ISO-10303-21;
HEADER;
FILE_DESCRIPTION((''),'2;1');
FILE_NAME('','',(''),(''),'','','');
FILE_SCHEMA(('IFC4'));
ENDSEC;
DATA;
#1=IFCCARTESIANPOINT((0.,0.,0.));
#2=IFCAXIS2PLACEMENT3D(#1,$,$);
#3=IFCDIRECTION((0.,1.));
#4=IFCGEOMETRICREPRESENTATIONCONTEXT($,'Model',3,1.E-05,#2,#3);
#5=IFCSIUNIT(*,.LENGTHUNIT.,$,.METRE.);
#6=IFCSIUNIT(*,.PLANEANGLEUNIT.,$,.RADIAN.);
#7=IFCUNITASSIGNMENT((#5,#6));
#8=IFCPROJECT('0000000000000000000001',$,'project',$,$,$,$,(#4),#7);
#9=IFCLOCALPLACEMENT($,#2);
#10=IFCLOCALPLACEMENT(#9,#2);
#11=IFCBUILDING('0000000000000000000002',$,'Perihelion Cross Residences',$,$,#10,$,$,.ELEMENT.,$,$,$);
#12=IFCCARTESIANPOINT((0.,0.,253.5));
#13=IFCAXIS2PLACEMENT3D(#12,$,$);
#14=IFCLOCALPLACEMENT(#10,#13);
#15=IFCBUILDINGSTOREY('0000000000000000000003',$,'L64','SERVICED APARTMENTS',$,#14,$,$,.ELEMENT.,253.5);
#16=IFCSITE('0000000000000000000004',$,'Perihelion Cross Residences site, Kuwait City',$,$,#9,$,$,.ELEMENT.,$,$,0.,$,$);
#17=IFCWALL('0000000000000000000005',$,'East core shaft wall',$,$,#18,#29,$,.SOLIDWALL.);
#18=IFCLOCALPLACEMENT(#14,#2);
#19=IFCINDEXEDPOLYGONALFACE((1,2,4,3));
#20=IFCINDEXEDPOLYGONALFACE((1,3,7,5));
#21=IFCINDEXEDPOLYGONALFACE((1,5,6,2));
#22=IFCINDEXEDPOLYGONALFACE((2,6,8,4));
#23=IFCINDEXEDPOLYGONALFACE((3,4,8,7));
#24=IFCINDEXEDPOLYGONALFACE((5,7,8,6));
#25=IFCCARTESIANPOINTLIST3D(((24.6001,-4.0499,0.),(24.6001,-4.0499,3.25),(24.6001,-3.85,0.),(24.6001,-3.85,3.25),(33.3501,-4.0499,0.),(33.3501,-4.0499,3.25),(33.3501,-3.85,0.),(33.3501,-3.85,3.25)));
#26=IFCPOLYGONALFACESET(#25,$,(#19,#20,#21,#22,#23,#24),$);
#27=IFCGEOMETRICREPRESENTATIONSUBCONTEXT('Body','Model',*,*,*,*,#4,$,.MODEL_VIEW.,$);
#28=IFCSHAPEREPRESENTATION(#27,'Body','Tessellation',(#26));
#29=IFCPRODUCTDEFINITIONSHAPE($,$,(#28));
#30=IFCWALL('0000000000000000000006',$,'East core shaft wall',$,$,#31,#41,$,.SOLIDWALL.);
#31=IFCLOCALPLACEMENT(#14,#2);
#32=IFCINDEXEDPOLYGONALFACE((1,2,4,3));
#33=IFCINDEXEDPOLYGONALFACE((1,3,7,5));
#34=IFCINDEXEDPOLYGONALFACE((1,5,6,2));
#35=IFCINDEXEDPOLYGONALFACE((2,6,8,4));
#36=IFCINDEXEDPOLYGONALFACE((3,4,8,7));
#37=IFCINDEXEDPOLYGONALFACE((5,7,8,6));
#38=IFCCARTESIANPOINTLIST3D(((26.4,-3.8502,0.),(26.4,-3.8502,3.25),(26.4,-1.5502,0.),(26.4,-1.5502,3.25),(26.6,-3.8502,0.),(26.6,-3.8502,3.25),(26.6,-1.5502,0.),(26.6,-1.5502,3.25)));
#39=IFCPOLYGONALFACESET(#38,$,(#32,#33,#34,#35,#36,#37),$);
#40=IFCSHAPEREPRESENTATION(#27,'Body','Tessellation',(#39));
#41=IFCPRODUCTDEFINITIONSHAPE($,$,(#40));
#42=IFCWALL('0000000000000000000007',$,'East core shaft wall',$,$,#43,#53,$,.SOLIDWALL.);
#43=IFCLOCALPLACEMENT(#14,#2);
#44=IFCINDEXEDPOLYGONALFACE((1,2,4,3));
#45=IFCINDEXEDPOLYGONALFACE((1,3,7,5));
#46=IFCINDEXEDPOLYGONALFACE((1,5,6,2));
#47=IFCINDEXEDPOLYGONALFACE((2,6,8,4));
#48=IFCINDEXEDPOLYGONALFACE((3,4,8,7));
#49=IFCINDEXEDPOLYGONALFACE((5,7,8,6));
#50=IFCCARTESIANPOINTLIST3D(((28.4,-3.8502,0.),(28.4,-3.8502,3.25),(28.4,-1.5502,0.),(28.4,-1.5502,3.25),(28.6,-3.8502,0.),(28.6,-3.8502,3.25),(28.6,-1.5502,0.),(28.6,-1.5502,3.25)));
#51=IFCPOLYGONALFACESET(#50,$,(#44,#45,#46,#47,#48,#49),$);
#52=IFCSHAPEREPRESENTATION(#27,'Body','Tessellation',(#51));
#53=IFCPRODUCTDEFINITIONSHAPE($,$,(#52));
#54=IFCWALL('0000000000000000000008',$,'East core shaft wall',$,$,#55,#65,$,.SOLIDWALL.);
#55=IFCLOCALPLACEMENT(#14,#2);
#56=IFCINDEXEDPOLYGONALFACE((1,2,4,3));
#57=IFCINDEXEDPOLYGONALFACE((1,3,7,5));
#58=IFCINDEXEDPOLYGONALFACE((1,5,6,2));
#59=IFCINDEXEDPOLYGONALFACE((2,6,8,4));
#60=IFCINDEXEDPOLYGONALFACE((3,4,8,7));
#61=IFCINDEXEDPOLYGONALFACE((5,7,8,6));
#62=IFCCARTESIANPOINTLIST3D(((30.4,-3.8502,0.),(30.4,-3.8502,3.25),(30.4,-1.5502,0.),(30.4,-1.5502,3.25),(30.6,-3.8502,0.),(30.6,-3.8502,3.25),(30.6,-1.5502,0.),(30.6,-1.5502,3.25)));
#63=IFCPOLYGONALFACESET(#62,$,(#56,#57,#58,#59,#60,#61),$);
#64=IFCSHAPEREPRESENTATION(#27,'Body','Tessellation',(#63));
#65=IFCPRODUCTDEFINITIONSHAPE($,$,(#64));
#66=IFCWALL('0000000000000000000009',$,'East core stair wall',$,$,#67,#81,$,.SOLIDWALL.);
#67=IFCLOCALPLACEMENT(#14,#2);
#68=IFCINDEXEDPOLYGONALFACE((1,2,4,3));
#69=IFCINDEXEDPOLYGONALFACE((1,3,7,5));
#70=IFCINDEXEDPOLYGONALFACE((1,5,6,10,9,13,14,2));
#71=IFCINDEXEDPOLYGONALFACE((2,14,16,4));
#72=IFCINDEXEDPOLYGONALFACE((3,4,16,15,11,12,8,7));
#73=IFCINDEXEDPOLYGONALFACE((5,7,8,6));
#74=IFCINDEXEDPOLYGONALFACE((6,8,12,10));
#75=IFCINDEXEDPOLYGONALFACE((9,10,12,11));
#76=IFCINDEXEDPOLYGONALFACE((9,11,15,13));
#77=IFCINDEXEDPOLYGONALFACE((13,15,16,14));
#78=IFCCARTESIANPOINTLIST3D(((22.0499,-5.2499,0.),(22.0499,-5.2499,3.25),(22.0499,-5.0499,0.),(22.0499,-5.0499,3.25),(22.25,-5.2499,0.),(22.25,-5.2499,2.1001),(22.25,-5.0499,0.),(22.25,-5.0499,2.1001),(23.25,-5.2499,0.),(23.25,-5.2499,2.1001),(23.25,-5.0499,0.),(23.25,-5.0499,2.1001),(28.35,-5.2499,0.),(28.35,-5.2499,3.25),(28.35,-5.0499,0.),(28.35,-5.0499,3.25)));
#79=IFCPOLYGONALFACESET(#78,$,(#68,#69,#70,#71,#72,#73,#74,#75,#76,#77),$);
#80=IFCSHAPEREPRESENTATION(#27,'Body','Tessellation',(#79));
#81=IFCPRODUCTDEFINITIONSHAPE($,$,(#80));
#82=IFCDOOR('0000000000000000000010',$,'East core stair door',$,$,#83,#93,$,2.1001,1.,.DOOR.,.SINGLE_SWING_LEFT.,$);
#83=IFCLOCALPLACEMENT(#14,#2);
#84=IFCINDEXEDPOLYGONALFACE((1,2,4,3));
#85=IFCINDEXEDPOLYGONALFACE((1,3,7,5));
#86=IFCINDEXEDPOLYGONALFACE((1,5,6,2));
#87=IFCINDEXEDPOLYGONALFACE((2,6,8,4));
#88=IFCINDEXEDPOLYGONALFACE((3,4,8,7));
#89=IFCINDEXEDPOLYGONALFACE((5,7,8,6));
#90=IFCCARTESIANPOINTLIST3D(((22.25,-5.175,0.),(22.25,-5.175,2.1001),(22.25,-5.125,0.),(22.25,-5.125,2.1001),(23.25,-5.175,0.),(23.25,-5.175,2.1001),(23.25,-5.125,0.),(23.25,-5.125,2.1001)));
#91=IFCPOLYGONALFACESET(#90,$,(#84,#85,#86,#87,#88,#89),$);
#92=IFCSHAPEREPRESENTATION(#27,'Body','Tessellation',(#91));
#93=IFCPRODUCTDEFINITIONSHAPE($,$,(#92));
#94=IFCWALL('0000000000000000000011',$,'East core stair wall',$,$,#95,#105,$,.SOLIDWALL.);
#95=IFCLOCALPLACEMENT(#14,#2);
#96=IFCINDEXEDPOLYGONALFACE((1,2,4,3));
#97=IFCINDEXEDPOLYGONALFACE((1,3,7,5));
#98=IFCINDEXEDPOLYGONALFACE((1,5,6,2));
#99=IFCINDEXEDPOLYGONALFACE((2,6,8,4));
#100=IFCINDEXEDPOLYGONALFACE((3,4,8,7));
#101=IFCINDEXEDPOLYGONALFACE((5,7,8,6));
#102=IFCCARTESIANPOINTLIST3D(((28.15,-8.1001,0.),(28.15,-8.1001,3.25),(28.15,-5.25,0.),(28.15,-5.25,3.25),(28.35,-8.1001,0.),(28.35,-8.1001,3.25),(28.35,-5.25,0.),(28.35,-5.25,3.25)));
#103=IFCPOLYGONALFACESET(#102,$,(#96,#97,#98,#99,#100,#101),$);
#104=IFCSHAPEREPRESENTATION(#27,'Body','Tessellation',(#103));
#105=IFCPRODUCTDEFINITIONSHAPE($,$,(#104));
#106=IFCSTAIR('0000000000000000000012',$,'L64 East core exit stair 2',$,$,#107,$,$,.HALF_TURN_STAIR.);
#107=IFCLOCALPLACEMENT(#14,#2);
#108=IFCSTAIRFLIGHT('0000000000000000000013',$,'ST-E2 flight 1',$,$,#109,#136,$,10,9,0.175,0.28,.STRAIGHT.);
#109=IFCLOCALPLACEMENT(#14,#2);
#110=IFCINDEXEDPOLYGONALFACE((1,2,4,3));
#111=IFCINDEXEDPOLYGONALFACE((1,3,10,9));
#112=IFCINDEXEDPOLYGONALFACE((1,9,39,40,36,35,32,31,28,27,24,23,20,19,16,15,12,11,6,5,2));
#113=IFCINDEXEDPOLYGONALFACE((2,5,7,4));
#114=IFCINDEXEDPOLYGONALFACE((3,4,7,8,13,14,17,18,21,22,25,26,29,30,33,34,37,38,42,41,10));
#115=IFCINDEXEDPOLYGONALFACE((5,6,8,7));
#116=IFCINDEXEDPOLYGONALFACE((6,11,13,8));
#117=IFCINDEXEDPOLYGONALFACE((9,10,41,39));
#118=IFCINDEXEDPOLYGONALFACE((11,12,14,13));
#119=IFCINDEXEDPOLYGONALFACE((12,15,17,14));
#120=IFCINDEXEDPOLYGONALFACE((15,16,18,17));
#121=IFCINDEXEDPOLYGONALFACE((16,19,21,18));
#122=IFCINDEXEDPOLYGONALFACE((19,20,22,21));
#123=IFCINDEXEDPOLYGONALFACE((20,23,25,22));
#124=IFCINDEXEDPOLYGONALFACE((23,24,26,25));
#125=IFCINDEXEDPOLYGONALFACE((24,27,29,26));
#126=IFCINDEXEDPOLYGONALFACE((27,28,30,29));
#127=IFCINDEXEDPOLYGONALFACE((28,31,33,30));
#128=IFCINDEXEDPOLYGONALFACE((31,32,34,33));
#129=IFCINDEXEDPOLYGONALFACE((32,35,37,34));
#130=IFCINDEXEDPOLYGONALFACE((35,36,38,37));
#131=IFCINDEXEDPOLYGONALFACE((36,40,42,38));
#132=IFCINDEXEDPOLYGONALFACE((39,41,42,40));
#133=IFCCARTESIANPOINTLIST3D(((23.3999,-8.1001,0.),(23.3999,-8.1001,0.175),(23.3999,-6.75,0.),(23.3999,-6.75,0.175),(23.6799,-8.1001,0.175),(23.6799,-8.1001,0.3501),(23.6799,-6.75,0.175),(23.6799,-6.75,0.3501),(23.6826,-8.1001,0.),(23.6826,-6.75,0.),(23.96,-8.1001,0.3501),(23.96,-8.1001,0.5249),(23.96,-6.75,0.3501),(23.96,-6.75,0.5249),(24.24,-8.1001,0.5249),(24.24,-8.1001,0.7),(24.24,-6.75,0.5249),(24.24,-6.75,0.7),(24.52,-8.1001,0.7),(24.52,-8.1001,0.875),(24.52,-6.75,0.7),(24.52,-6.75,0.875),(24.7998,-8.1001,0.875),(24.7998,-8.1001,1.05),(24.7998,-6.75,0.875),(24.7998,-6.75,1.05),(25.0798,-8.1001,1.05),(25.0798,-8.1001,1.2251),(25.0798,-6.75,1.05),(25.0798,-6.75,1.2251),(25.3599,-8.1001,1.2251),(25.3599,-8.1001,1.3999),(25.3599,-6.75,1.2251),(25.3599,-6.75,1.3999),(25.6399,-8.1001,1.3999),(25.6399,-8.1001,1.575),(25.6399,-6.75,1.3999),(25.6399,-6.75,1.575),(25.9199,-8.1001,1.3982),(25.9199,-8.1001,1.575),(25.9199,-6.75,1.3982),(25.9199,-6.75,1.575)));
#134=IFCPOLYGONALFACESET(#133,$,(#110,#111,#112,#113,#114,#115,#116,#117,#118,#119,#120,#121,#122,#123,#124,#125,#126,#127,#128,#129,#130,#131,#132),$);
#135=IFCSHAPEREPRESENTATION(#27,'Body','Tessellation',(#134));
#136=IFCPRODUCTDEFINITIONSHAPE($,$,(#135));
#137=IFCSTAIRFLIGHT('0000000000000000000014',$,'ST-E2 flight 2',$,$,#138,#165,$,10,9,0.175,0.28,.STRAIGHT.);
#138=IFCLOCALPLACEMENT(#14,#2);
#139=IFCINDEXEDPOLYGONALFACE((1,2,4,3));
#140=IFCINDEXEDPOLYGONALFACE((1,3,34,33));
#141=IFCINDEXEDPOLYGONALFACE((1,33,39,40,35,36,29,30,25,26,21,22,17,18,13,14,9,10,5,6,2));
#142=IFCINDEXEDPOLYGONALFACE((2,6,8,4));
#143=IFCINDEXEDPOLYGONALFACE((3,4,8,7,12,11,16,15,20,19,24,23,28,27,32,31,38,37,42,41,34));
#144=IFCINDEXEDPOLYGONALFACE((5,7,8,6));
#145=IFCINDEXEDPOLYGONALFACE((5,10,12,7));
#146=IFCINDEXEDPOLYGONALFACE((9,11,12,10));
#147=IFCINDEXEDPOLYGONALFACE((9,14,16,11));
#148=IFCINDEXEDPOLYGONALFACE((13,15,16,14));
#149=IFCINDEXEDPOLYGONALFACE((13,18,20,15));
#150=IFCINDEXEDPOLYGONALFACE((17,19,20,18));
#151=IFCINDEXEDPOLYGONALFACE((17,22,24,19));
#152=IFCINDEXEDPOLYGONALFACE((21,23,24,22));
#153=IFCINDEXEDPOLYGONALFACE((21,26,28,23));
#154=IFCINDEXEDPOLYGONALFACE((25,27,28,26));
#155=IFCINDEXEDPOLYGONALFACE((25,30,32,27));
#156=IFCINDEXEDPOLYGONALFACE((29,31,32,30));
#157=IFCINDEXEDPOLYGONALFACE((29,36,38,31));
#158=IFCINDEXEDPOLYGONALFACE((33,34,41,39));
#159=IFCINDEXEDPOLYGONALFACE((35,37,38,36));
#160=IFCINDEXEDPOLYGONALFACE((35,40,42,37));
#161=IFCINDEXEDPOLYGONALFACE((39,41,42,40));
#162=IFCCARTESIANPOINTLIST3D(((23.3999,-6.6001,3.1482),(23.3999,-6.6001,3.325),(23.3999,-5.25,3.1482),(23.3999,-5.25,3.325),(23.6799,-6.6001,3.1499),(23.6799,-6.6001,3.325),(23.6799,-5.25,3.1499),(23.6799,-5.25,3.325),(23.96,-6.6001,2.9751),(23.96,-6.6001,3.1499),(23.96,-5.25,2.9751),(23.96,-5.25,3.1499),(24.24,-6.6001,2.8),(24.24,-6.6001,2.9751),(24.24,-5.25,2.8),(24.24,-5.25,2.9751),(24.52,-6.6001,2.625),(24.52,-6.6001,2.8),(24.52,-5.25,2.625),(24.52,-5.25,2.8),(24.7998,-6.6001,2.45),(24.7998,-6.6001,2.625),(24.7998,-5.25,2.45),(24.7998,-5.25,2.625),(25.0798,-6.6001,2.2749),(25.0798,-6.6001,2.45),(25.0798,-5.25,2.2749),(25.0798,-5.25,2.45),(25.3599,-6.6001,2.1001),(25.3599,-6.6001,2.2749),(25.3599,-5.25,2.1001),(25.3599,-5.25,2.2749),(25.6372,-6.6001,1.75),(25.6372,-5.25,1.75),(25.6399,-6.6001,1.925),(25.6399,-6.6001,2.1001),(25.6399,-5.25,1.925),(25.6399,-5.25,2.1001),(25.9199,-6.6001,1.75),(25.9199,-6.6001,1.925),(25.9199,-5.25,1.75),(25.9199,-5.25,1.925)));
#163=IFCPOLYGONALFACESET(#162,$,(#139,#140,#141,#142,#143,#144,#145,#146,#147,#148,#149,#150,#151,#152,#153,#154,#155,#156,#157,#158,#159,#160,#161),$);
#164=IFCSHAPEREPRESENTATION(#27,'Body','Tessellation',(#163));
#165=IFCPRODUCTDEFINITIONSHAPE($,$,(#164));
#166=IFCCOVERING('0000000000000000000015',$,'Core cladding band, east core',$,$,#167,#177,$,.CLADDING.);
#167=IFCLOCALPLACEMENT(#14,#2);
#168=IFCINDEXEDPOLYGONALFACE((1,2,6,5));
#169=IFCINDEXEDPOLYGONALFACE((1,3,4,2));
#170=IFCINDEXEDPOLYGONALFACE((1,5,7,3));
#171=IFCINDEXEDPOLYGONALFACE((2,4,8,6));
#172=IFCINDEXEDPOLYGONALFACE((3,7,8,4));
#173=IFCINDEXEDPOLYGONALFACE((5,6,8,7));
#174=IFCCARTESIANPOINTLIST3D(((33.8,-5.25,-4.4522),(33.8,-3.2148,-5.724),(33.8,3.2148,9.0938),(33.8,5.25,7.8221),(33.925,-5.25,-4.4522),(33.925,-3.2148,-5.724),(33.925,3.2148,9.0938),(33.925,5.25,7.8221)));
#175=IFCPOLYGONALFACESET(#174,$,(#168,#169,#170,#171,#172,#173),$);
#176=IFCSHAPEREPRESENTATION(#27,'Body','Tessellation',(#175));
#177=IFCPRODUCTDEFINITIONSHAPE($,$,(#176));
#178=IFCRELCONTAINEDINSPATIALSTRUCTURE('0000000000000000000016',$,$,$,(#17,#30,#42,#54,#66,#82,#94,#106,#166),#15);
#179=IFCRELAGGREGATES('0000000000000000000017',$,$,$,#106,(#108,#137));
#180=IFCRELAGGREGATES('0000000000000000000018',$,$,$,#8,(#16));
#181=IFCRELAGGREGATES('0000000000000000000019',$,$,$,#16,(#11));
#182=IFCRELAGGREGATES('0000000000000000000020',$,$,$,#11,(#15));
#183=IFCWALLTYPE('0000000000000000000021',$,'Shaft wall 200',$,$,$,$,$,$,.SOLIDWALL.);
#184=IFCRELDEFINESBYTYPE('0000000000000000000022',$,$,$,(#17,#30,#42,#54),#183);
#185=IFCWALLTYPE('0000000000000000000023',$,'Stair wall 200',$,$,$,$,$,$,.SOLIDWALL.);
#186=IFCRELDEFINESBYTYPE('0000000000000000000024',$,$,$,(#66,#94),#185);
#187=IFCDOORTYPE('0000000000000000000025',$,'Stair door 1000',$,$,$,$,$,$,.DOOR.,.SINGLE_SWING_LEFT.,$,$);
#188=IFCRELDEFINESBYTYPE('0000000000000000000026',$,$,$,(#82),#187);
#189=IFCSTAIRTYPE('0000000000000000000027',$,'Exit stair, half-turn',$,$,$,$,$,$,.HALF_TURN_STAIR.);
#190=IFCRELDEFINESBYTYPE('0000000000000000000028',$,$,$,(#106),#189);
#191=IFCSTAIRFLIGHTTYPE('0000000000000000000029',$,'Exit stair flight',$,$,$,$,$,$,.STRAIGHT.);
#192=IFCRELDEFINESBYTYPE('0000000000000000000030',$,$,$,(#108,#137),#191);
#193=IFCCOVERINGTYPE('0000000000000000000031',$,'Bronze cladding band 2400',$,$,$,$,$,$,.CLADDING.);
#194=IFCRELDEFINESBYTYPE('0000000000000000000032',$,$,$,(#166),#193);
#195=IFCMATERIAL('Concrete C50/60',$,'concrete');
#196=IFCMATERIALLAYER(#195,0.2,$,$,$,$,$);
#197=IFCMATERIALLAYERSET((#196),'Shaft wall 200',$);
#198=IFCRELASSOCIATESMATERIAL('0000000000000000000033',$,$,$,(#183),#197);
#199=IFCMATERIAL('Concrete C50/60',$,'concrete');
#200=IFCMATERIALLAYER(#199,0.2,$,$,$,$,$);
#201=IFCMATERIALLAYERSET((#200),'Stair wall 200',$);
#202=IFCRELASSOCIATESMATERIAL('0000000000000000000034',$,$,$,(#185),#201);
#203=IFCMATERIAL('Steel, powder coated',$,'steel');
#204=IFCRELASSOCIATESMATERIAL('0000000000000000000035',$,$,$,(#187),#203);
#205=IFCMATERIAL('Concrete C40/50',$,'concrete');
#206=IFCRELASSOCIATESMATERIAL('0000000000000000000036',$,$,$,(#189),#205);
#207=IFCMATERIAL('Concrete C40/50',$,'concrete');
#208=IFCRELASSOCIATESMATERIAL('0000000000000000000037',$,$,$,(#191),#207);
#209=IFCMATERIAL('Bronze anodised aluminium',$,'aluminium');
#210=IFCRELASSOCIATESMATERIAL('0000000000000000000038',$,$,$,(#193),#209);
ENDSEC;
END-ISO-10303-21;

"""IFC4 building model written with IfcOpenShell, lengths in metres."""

from ifc_helpers import new_model, si_unit, direction, frame, frame_2d, origin, origin_2d, place, context, subcontext, project, spatial, polyline, rectangle, outline, extrude, material, layer, layer_set, material_profile, profile_set, type_object, element, fill, aggregate, save


model = new_model("IFC4")

# Units and contexts
model_context = context("Model", 3, precision=1e-05, world=origin(), true_north=direction((0.0, 1.0)))
body_context = subcontext(model_context, "Body", "Model", "MODEL_VIEW")
ifc_project = project(units=[si_unit("LENGTHUNIT", "METRE"), si_unit("PLANEANGLEUNIT", "RADIAN")], contexts=[model_context])

# Site, building, storey
site_placement = place(None, origin())
site = spatial("IfcSite", under=ifc_project, at=site_placement, Name="Perihelion Cross Residences site, Kuwait City", CompositionType="ELEMENT", RefElevation=0.0)
building_placement = place(site_placement, origin())
building = spatial("IfcBuilding", under=site, at=building_placement, Name="Perihelion Cross Residences", CompositionType="ELEMENT")
storey_placement = place(building_placement, frame((0.0, 0.0, 253.5)))
storey = spatial("IfcBuildingStorey", under=building, at=storey_placement, Name="L64", Description="SERVICED APARTMENTS", CompositionType="ELEMENT", Elevation=253.5)

# Walls
ifc_material_1 = material(Name="Concrete C50/60", Category="concrete")
ifc_layer_1 = layer(ifc_material_1, 0.2)
ifc_layer_set_1 = layer_set([ifc_layer_1], Name="Shaft wall 200")
wall_type_1 = type_object("IfcWallType", Name="Shaft wall 200", PredefinedType="SOLIDWALL", material=ifc_layer_set_1)
wall_1_placement = place(storey_placement, frame((24.6001, -3.95, 0.0), z_axis=(0.0, 0.0, 1.0), x_axis=(1.0, 0.0, 0.0)))
element("IfcWall", 1, at=wall_1_placement, inside=storey, type_object=wall_type_1, Name="East core shaft wall", PredefinedType="SOLIDWALL", context=body_context, shape_type="SweptSolid", body=[
    extrude(rectangle(XDim=8.75, YDim=0.2, at=frame_2d((4.375, 0.0))), origin(), (0.0, 0.0, 1.0), 3.25),
])
for number, where, z_axis, x_axis, name in (
    (2, (26.5, -3.8501, 0.0), (0.0, 0.0, 1.0), (0.0, 1.0, 0.0), "East core shaft wall"),
    (3, (28.5, -3.8501, 0.0), (0.0, 0.0, 1.0), (0.0, 1.0, 0.0), "East core shaft wall"),
    (4, (30.5, -3.8501, 0.0), (0.0, 0.0, 1.0), (0.0, 1.0, 0.0), "East core shaft wall"),
):
    element("IfcWall", number, at=place(storey_placement, frame(where, z_axis=z_axis, x_axis=x_axis)), inside=storey, type_object=wall_type_1, Name=name, PredefinedType="SOLIDWALL", context=body_context, shape_type="SweptSolid", body=[
        extrude(rectangle(XDim=2.3, YDim=0.2, at=frame_2d((1.1499, 0.0))), origin(), (0.0, 0.0, 1.0), 3.25),
    ])

# Wall, opening, door
ifc_material_2 = material(Name="Concrete C50/60", Category="concrete")
ifc_layer_2 = layer(ifc_material_2, 0.2)
ifc_layer_set_2 = layer_set([ifc_layer_2], Name="Stair wall 200")
wall_type_2 = type_object("IfcWallType", Name="Stair wall 200", PredefinedType="SOLIDWALL", material=ifc_layer_set_2)
wall_2_placement = place(storey_placement, frame((22.05, -5.1499, 0.0), z_axis=(0.0, 0.0, 1.0), x_axis=(1.0, 0.0, 0.0)))
wall_2 = element("IfcWall", 5, at=wall_2_placement, inside=storey, type_object=wall_type_2, Name="East core stair wall", PredefinedType="SOLIDWALL", context=body_context, shape_type="SweptSolid", body=[
    extrude(rectangle(XDim=6.3, YDim=0.2, at=frame_2d((3.1499, 0.0))), origin(), (0.0, 0.0, 1.0), 3.25),
])
opening_1_placement = place(wall_2_placement, frame((0.2, 0.0, 0.0)))
opening_1 = element("IfcOpeningElement", 6, at=opening_1_placement, cuts=wall_2, PredefinedType="OPENING", context=body_context, shape_type="SweptSolid", body=[
    extrude(rectangle(XDim=1.0, YDim=2.1001, at=frame_2d((0.5, 1.05))), frame((0.0, 0.1099, 0.0), z_axis=(0.0, -1.0, 0.0), x_axis=(1.0, 0.0, 0.0)), (0.0, 0.0, 1.0), 0.22),
])
ifc_material_3 = material(Name="Steel, powder coated", Category="steel")
door_type_1 = type_object("IfcDoorType", Name="Stair door 1000", OperationType="SINGLE_SWING_LEFT", PredefinedType="DOOR", material=ifc_material_3)
door_1_placement = place(opening_1_placement, origin())
door_1 = element("IfcDoor", 7, at=door_1_placement, inside=storey, type_object=door_type_1, Name="East core stair door", OperationType="SINGLE_SWING_LEFT", OverallHeight=2.1001, OverallWidth=1.0, PredefinedType="DOOR", context=body_context, shape_type="SweptSolid", body=[
    extrude(rectangle(XDim=1.0, YDim=2.1001, at=frame_2d((0.5, 1.05))), frame((0.0, 0.0249, 0.0), z_axis=(0.0, -1.0, 0.0), x_axis=(1.0, 0.0, 0.0)), (0.0, 0.0, 1.0), 0.05),
])
fill(opening_1, door_1)

# Wall
wall_3_placement = place(storey_placement, frame((28.25, -8.1001, 0.0), z_axis=(0.0, 0.0, 1.0), x_axis=(0.0, 1.0, 0.0)))
element("IfcWall", 8, at=wall_3_placement, inside=storey, type_object=wall_type_2, Name="East core stair wall", PredefinedType="SOLIDWALL", context=body_context, shape_type="SweptSolid", body=[
    extrude(rectangle(XDim=2.8501, YDim=0.2, at=frame_2d((1.425, 0.0))), origin(), (0.0, 0.0, 1.0), 3.25),
])

# Stair, stair flights
ifc_material_4 = material(Name="Concrete C40/50", Category="concrete")
stair_type = type_object("IfcStairType", Name="Exit stair, half-turn", PredefinedType="HALF_TURN_STAIR", material=ifc_material_4)
stair_placement = place(storey_placement, origin())
stair = element("IfcStair", 9, at=stair_placement, inside=storey, type_object=stair_type, Name="L64 East core exit stair 2", PredefinedType="HALF_TURN_STAIR")
ifc_material_5 = material(Name="Concrete C40/50", Category="concrete")
stair_flight_type = type_object("IfcStairFlightType", Name="Exit stair flight", PredefinedType="STRAIGHT", material=ifc_material_5)
stair_flight_1_placement = place(storey_placement, frame((23.3999, -7.425, 0.0), z_axis=(0.0, 0.0, 1.0), x_axis=(1.0, 0.0, 0.0)))
stair_flight_1 = element("IfcStairFlight", 10, at=stair_flight_1_placement, type_object=stair_flight_type, Name="ST-E2 flight 1", NumberOfRisers=10, NumberOfTreads=9, PredefinedType="STRAIGHT", RiserHeight=0.175, TreadLength=0.28, context=body_context, shape_type="SweptSolid", body=[
    extrude(outline(polyline([(0.0, 0.0), (0.0, 0.175), (0.28, 0.175), (0.28, 0.3501), (0.5601, 0.3501), (0.5601, 0.5249), (0.8401, 0.5249), (0.8401, 0.7), (1.1201, 0.7), (1.1201, 0.875), (1.3999, 0.875), (1.3999, 1.05), (1.6799, 1.05), (1.6799, 1.2251), (1.96, 1.2251), (1.96, 1.3999), (2.24, 1.3999), (2.24, 1.575), (2.52, 1.575), (2.52, 1.75), (2.52, 1.3982), (0.2827, 0.0), (0.0, 0.0)])), frame((0.0, 0.675, 0.0), z_axis=(0.0, -1.0, 0.0), x_axis=(1.0, 0.0, 0.0)), (0.0, 0.0, 1.0), 1.3501),
])
stair_flight_2_placement = place(storey_placement, frame((25.9199, -5.925, 1.75), z_axis=(0.0, 0.0, 1.0), x_axis=(-1.0, 0.0, 0.0)))
stair_flight_2 = element("IfcStairFlight", 11, at=stair_flight_2_placement, type_object=stair_flight_type, Name="ST-E2 flight 2", NumberOfRisers=10, NumberOfTreads=9, PredefinedType="STRAIGHT", RiserHeight=0.175, TreadLength=0.28, context=body_context, shape_type="SweptSolid", body=[
    extrude(outline(polyline([(0.0, 0.0), (0.0, 0.175), (0.28, 0.175), (0.28, 0.3501), (0.5601, 0.3501), (0.5601, 0.5249), (0.8401, 0.5249), (0.8401, 0.7), (1.1201, 0.7), (1.1201, 0.875), (1.3999, 0.875), (1.3999, 1.05), (1.6799, 1.05), (1.6799, 1.2251), (1.96, 1.2251), (1.96, 1.3999), (2.24, 1.3999), (2.24, 1.575), (2.52, 1.575), (2.52, 1.75), (2.52, 1.3982), (0.2827, 0.0), (0.0, 0.0)])), frame((0.0, 0.675, 0.0), z_axis=(0.0, -1.0, 0.0), x_axis=(1.0, 0.0, 0.0)), (0.0, 0.0, 1.0), 1.3501),
])
aggregate(stair, [stair_flight_1, stair_flight_2])

# Covering
ifc_material_6 = material(Name="Bronze anodised aluminium", Category="aluminium")
ifc_material_profile_1 = material_profile(ifc_material_6, rectangle(XDim=0.125, YDim=2.3999, at=origin_2d()), Name="Bronze cladding band 2400")
ifc_profile_set_1 = profile_set([ifc_material_profile_1], Name="Bronze anodised aluminium")
covering_type = type_object("IfcCoveringType", Name="Bronze cladding band 2400", PredefinedType="CLADDING", material=ifc_profile_set_1)
covering_placement = place(storey_placement, frame((33.8625, -4.2324, -5.0881), z_axis=(0.0, 0.529932, 0.84804), x_axis=(-1.0, 0.0, 0.0)))
element("IfcCovering", 12, at=covering_placement, inside=storey, type_object=covering_type, Name="Core cladding band, east core", PredefinedType="CLADDING", context=body_context, shape_type="SweptSolid", body=[
    extrude(rectangle(XDim=0.125, YDim=2.3999, at=origin_2d()), origin(), (0.0, 0.0, 1.0), 15.9734),
])

save(model, "model.ifc")
